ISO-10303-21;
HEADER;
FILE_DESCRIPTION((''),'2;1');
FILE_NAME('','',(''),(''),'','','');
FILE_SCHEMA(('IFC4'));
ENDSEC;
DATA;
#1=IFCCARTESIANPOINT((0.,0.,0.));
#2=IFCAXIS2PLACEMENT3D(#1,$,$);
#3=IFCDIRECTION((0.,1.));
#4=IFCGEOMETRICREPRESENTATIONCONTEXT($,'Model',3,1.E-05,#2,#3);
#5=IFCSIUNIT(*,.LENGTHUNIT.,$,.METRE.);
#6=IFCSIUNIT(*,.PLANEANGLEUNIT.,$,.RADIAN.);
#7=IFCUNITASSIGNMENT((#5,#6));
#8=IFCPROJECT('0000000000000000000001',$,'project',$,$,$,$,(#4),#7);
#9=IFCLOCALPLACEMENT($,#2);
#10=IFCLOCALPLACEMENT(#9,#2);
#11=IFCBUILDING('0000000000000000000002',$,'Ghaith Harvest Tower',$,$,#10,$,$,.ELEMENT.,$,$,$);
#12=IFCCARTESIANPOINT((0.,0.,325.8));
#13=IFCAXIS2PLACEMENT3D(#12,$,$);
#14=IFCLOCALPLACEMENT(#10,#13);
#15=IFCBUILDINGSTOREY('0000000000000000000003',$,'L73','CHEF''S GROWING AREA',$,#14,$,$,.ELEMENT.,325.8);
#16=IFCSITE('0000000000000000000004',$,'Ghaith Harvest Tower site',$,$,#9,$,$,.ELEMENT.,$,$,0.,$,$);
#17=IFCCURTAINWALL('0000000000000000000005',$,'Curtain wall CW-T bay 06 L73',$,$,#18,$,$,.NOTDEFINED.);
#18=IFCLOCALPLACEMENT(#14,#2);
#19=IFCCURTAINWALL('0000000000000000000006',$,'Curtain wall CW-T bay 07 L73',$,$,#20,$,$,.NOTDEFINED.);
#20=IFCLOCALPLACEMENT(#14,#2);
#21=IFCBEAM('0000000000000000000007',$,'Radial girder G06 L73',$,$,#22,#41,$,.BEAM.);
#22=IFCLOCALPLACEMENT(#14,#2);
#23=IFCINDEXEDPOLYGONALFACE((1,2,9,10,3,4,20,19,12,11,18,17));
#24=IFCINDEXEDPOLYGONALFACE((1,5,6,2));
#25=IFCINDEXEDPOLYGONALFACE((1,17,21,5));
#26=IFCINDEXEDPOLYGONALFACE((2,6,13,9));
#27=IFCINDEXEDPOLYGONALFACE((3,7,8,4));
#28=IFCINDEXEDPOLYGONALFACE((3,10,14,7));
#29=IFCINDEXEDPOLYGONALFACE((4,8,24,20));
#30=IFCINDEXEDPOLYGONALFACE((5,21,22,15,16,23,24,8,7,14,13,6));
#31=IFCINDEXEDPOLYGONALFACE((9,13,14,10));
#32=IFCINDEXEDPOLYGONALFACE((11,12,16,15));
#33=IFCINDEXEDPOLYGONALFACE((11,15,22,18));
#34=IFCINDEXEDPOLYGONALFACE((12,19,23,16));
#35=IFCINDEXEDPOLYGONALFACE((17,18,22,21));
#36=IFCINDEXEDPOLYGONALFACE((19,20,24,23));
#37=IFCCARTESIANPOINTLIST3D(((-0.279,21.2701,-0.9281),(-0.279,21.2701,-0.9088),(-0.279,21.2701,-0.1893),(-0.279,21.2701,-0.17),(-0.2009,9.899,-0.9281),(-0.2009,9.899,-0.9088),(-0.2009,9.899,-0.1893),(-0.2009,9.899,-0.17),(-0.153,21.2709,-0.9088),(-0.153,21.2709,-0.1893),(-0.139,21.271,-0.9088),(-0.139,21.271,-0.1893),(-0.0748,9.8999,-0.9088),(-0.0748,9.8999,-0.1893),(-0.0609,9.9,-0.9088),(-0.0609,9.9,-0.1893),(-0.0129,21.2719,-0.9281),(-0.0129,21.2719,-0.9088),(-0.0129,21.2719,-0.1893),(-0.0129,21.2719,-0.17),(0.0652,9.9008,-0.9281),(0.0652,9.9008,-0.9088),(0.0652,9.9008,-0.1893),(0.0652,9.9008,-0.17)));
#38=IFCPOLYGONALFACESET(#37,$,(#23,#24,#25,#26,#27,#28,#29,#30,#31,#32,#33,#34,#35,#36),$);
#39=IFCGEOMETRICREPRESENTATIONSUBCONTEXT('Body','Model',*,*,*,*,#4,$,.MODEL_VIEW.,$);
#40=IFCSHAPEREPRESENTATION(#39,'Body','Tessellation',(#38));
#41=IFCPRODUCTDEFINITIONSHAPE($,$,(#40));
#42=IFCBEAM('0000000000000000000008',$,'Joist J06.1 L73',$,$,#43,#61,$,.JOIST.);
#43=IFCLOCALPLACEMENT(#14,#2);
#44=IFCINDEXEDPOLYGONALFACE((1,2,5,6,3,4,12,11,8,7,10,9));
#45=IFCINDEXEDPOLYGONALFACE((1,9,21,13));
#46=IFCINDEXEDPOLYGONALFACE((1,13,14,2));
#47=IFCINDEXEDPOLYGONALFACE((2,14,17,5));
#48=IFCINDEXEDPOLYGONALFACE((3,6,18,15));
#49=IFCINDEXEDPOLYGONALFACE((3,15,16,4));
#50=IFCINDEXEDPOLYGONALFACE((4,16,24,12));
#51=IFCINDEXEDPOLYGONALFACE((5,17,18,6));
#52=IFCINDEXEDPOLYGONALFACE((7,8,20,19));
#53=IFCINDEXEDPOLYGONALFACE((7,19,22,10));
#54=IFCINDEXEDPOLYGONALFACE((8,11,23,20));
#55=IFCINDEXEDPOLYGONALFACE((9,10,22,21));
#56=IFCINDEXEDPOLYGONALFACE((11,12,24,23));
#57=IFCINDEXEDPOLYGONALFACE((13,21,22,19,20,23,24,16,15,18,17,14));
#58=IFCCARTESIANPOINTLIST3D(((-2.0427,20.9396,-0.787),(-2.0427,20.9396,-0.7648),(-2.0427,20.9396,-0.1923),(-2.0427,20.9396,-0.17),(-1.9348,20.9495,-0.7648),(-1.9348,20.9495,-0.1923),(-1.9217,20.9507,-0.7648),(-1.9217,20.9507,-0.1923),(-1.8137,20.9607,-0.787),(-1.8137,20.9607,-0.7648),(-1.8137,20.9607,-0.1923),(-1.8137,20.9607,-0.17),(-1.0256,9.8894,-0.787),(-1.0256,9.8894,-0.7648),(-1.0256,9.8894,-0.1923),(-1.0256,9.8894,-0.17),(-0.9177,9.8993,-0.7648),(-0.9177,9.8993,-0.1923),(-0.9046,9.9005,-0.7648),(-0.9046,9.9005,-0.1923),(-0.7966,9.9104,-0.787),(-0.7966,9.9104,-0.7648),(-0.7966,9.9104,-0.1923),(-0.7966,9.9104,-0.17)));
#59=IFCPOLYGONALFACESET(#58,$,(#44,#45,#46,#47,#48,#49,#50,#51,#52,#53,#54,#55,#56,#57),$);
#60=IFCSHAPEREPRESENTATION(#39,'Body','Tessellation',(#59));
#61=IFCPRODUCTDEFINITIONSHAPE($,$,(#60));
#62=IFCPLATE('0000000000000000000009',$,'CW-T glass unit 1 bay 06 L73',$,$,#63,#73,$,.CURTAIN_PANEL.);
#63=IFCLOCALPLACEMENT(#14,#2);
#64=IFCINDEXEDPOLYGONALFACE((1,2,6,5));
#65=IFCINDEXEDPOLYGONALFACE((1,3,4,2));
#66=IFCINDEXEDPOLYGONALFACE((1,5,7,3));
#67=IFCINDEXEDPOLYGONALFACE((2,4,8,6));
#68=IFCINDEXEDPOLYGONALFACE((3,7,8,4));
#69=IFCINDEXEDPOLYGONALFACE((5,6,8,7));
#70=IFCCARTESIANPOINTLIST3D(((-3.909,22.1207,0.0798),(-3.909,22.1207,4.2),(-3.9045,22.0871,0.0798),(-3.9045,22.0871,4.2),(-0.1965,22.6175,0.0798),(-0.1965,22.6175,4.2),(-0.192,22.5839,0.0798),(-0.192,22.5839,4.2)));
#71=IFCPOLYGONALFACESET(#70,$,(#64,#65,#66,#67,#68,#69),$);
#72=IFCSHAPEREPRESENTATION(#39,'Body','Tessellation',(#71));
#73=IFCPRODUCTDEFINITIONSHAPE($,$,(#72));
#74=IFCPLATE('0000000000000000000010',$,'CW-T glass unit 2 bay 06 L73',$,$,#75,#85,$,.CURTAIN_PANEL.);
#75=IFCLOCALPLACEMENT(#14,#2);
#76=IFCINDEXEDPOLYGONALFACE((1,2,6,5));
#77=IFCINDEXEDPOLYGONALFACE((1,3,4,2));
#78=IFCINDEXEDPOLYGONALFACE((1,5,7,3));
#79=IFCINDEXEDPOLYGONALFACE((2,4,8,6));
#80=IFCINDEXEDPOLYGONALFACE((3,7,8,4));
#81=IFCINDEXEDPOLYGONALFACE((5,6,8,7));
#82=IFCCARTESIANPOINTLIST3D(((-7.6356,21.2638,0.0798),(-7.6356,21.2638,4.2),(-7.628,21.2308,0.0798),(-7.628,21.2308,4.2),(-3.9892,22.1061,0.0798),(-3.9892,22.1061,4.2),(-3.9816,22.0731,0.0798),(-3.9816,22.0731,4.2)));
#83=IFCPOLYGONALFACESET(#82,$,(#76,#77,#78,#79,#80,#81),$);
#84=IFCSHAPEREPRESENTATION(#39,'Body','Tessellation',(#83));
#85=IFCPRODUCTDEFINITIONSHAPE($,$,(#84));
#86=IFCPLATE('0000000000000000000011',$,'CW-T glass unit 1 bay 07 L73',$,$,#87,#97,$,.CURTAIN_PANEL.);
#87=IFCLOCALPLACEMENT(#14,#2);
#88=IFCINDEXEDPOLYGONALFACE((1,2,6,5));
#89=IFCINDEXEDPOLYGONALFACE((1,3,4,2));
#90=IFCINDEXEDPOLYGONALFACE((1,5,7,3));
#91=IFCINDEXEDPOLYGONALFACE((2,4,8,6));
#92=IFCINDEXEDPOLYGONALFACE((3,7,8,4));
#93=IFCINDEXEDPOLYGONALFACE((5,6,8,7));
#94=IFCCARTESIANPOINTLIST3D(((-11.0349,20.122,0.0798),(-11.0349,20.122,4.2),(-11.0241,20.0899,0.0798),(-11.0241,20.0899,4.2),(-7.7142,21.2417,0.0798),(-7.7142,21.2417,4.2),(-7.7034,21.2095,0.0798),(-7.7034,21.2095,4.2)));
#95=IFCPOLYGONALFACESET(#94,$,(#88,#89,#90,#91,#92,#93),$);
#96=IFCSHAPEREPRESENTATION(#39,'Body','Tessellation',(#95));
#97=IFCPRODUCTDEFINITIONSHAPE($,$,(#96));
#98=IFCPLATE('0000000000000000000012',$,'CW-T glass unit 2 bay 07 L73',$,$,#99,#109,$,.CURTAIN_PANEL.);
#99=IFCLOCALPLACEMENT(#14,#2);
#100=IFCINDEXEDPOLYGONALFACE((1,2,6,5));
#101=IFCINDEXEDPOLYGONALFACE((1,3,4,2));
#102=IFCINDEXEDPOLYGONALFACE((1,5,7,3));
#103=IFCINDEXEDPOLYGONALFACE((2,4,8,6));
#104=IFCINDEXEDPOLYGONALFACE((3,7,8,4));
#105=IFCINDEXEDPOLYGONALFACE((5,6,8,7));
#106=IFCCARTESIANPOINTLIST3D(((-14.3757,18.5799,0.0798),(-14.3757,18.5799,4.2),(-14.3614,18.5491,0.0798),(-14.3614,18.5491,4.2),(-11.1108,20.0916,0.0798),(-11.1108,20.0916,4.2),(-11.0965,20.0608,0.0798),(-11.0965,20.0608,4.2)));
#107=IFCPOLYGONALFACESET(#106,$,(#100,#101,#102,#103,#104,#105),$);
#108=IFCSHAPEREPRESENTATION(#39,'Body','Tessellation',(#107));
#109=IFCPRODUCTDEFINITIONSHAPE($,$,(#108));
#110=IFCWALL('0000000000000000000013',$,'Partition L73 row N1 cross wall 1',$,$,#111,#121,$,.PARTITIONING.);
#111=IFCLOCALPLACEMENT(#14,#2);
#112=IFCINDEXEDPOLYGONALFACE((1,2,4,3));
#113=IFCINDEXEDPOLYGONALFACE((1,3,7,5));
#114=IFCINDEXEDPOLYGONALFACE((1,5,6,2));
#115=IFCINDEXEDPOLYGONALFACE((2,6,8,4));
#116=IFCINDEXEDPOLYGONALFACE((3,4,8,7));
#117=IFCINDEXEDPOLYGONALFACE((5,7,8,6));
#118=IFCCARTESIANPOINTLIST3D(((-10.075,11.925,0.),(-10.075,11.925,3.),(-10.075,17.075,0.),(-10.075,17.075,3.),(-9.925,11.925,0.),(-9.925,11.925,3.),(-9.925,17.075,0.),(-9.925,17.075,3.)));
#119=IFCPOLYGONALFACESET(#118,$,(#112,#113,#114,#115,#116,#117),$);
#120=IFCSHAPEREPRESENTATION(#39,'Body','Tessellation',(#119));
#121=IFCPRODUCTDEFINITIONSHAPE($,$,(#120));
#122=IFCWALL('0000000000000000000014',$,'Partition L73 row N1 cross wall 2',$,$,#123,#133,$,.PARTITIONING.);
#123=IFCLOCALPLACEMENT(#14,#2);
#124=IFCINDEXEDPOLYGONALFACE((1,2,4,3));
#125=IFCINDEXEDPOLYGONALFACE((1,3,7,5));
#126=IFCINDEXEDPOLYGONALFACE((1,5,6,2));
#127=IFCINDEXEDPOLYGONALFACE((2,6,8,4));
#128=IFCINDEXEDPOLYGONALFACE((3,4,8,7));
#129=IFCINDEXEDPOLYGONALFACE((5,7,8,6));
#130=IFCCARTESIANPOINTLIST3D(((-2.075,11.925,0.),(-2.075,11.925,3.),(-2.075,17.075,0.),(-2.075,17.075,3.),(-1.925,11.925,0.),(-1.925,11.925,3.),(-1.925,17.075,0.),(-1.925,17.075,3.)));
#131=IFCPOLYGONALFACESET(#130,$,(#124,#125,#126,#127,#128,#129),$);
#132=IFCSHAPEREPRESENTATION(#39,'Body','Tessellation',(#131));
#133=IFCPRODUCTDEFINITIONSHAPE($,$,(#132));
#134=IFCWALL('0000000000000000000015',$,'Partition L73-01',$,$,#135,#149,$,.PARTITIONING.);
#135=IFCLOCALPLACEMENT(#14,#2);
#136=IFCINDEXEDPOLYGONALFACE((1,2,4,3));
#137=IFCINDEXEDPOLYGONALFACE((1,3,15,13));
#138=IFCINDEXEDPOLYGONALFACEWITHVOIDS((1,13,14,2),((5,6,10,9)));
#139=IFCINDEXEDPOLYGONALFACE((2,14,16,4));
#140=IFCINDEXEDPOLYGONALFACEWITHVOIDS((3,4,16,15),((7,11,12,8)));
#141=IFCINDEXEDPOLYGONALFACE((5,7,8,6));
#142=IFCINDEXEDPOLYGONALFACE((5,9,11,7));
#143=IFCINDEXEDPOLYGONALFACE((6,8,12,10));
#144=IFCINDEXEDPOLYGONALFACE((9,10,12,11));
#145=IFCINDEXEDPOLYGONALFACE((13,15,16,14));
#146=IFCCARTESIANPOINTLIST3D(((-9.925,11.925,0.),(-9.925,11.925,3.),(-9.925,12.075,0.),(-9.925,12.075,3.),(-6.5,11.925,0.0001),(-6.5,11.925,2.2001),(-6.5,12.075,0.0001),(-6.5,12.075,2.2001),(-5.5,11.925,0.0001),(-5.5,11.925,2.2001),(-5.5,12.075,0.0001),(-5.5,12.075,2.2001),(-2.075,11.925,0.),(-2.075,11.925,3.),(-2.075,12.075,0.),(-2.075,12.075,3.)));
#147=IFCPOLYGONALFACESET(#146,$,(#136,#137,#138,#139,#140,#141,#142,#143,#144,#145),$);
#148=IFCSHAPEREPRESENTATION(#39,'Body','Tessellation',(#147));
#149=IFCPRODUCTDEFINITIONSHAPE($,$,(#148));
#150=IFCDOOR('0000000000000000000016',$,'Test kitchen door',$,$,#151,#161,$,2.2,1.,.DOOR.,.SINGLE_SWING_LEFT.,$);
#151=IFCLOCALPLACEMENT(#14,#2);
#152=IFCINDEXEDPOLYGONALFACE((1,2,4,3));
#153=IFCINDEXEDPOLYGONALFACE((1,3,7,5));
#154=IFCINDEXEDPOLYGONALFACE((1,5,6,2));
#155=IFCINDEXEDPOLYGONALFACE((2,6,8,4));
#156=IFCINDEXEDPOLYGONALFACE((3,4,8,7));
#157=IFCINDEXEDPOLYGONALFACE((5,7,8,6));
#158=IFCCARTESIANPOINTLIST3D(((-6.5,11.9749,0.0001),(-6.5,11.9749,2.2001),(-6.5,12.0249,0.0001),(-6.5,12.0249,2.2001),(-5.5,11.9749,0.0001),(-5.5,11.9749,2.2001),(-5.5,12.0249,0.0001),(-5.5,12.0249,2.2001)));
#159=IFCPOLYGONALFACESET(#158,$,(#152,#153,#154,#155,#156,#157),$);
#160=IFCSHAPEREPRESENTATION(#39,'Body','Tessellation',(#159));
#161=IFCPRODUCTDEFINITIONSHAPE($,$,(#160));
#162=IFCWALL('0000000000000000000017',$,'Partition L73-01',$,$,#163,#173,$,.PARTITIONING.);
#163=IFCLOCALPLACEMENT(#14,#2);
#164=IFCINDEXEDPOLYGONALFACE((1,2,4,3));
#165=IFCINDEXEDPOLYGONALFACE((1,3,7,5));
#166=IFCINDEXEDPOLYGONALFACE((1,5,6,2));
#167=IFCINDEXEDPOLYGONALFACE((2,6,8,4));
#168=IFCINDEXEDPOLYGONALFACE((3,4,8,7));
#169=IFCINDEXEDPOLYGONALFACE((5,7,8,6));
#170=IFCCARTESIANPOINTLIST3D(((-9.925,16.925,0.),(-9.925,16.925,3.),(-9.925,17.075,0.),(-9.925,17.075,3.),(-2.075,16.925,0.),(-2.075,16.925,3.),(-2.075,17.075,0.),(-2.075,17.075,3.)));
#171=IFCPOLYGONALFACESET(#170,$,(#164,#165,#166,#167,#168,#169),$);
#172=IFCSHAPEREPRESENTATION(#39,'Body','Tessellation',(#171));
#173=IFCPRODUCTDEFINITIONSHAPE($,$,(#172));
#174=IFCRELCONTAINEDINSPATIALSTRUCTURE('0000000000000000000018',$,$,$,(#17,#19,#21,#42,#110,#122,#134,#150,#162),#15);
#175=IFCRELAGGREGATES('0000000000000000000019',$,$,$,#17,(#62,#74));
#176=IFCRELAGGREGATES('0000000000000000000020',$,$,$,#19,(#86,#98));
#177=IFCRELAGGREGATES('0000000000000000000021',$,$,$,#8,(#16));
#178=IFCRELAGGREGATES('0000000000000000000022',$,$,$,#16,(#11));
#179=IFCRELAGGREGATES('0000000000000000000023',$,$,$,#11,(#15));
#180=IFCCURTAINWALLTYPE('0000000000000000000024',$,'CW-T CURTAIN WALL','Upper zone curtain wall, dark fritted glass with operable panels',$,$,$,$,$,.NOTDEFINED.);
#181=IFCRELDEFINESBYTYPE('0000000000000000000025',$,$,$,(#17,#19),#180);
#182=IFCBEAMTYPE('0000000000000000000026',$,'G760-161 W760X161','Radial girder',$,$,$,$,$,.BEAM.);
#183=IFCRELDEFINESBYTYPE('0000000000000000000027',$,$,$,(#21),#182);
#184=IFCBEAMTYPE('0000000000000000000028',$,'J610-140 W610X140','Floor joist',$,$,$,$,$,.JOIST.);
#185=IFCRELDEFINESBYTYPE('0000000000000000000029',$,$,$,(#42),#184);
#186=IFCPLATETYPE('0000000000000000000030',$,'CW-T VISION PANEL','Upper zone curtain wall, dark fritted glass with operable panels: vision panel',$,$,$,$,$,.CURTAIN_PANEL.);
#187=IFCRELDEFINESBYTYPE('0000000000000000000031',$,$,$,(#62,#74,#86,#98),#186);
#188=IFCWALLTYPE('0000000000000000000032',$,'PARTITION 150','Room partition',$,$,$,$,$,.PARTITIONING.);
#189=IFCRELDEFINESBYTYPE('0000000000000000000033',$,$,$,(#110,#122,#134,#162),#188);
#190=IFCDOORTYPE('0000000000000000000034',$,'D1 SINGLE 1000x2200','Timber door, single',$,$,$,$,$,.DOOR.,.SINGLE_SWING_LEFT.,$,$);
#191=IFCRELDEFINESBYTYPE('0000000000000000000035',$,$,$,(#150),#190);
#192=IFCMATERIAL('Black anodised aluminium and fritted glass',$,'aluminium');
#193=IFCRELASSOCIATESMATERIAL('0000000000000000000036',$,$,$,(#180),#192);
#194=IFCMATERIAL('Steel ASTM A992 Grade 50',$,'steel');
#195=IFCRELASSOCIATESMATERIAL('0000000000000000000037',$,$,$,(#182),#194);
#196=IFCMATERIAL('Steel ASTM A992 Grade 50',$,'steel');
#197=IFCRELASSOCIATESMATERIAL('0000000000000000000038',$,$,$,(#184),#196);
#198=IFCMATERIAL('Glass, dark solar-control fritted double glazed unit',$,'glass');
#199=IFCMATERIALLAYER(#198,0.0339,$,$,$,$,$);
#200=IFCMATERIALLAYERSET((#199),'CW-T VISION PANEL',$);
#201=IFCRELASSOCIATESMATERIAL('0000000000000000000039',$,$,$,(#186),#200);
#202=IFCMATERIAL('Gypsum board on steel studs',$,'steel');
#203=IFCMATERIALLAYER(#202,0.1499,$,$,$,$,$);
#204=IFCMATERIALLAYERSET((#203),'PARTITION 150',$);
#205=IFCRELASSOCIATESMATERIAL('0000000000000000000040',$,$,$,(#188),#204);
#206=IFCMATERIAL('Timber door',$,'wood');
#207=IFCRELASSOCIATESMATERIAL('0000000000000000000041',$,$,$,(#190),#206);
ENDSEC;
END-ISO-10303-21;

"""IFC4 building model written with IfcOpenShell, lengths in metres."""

from ifc_helpers import new_model, si_unit, direction, frame, frame_2d, origin, origin_2d, place, context, subcontext, project, spatial, rectangle, i_section, extrude, material, layer, layer_set, material_profile, profile_set, type_object, element, fill, aggregate, save


model = new_model("IFC4")

# Units and contexts
model_context = context("Model", 3, precision=1e-05, world=origin(), true_north=direction((0.0, 1.0)))
body_context = subcontext(model_context, "Body", "Model", "MODEL_VIEW")
ifc_project = project(units=[si_unit("LENGTHUNIT", "METRE"), si_unit("PLANEANGLEUNIT", "RADIAN")], contexts=[model_context])

# Site, building, storey
site_placement = place(None, origin())
site = spatial("IfcSite", under=ifc_project, at=site_placement, Name="Ghaith Harvest Tower site", CompositionType="ELEMENT", RefElevation=0.0)
building_placement = place(site_placement, origin())
building = spatial("IfcBuilding", under=site, at=building_placement, Name="Ghaith Harvest Tower", CompositionType="ELEMENT")
storey_placement = place(building_placement, frame((0.0, 0.0, 325.8)))
storey = spatial("IfcBuildingStorey", under=building, at=storey_placement, Name="L73", Description="CHEF'S GROWING AREA", CompositionType="ELEMENT", Elevation=325.8)

# Curtain walls
ifc_material_1 = material(Name="Black anodised aluminium and fritted glass", Category="aluminium")
curtain_wall_type = type_object("IfcCurtainWallType", Name="CW-T CURTAIN WALL", Description="Upper zone curtain wall, dark fritted glass with operable panels", PredefinedType="NOTDEFINED", material=ifc_material_1)
curtain_wall_1_placement = place(storey_placement, origin())
curtain_wall_1 = element("IfcCurtainWall", 1, at=curtain_wall_1_placement, inside=storey, type_object=curtain_wall_type, Name="Curtain wall CW-T bay 06 L73", PredefinedType="NOTDEFINED")
curtain_wall_2_placement = place(storey_placement, origin())
curtain_wall_2 = element("IfcCurtainWall", 2, at=curtain_wall_2_placement, inside=storey, type_object=curtain_wall_type, Name="Curtain wall CW-T bay 07 L73", PredefinedType="NOTDEFINED")

# Beams
ifc_material_2 = material(Name="Steel ASTM A992 Grade 50", Category="steel")
ifc_material_profile_1 = material_profile(ifc_material_2, i_section(OverallWidth=0.2661, OverallDepth=0.7581, WebThickness=0.0139, FlangeThickness=0.0193, at=origin_2d()), Name="W760X161")
ifc_profile_set_1 = profile_set([ifc_material_profile_1], Name="Steel ASTM A992 Grade 50")
beam_type_1 = type_object("IfcBeamType", Name="G760-161 W760X161", Description="Radial girder", PredefinedType="BEAM", material=ifc_profile_set_1)
beam_1_placement = place(storey_placement, frame((-0.0679, 9.8999, -0.5491), z_axis=(-0.00687, 0.999976, 0.0), x_axis=(-0.999976, -0.00687, 0.0)))
element("IfcBeam", 3, at=beam_1_placement, inside=storey, type_object=beam_type_1, Name="Radial girder G06 L73", PredefinedType="BEAM", context=body_context, shape_type="SweptSolid", body=[
    extrude(i_section(OverallWidth=0.2661, OverallDepth=0.7581, WebThickness=0.0139, FlangeThickness=0.0193, at=origin_2d()), origin(), (0.0, 0.0, 1.0), 11.3713),
])
ifc_material_3 = material(Name="Steel ASTM A992 Grade 50", Category="steel")
ifc_material_profile_2 = material_profile(ifc_material_3, i_section(OverallWidth=0.23, OverallDepth=0.6169, WebThickness=0.0132, FlangeThickness=0.0222, at=origin_2d()), Name="W610X140")
ifc_profile_set_2 = profile_set([ifc_material_profile_2], Name="Steel ASTM A992 Grade 50")
beam_type_2 = type_object("IfcBeamType", Name="J610-140 W610X140", Description="Floor joist", PredefinedType="JOIST", material=ifc_profile_set_2)
beam_2_placement = place(storey_placement, frame((-0.9111, 9.8999, -0.4785), z_axis=(-0.091654, 0.995791, 0.0), x_axis=(-0.995791, -0.091654, 0.0)))
element("IfcBeam", 4, at=beam_2_placement, inside=storey, type_object=beam_type_2, Name="Joist J06.1 L73", PredefinedType="JOIST", context=body_context, shape_type="SweptSolid", body=[
    extrude(i_section(OverallWidth=0.23, OverallDepth=0.6169, WebThickness=0.0132, FlangeThickness=0.0222, at=origin_2d()), origin(), (0.0, 0.0, 1.0), 11.0969),
])

# Plates
ifc_material_4 = material(Name="Glass, dark solar-control fritted double glazed unit", Category="glass")
ifc_layer_1 = layer(ifc_material_4, 0.0339)
ifc_layer_set_1 = layer_set([ifc_layer_1], Name="CW-T VISION PANEL")
plate_type = type_object("IfcPlateType", Name="CW-T VISION PANEL", Description="Upper zone curtain wall, dark fritted glass with operable panels: vision panel", PredefinedType="CURTAIN_PANEL", material=ifc_layer_set_1)
plate_1_placement = place(storey_placement, frame((-2.0505, 22.3523, 0.0798), z_axis=(0.0, 0.0, 1.0), x_axis=(-0.991165, -0.132633, 0.0)))
plate_1 = element("IfcPlate", 5, at=plate_1_placement, type_object=plate_type, Name="CW-T glass unit 1 bay 06 L73", PredefinedType="CURTAIN_PANEL", context=body_context, shape_type="SweptSolid", body=[
    extrude(rectangle(XDim=3.7456, YDim=0.0339, at=origin_2d()), origin(), (0.0, 0.0, 1.0), 4.1201),
])
plate_2_placement = place(storey_placement, frame((-5.8086, 21.6685, 0.0798), z_axis=(0.0, 0.0, 1.0), x_axis=(-0.974342, -0.225072, 0.0)))
plate_2 = element("IfcPlate", 6, at=plate_2_placement, type_object=plate_type, Name="CW-T glass unit 2 bay 06 L73", PredefinedType="CURTAIN_PANEL", context=body_context, shape_type="SweptSolid", body=[
    extrude(rectangle(XDim=3.7424, YDim=0.0339, at=origin_2d()), origin(), (0.0, 0.0, 1.0), 4.1201),
])
aggregate(curtain_wall_1, [plate_1, plate_2])
plate_3_placement = place(storey_placement, frame((-9.3691, 20.6658, 0.0798), z_axis=(0.0, 0.0, 1.0), x_axis=(-0.947586, -0.3195, 0.0)))
plate_3 = element("IfcPlate", 7, at=plate_3_placement, type_object=plate_type, Name="CW-T glass unit 1 bay 07 L73", PredefinedType="CURTAIN_PANEL", context=body_context, shape_type="SweptSolid", body=[
    extrude(rectangle(XDim=3.5044, YDim=0.0339, at=origin_2d()), origin(), (0.0, 0.0, 1.0), 4.1201),
])
plate_4_placement = place(storey_placement, frame((-12.7361, 19.3203, 0.0798), z_axis=(0.0, 0.0, 1.0), x_axis=(-0.90745, -0.42016, 0.0)))
plate_4 = element("IfcPlate", 8, at=plate_4_placement, type_object=plate_type, Name="CW-T glass unit 2 bay 07 L73", PredefinedType="CURTAIN_PANEL", context=body_context, shape_type="SweptSolid", body=[
    extrude(rectangle(XDim=3.5979, YDim=0.0339, at=origin_2d()), origin(), (0.0, 0.0, 1.0), 4.1201),
])
aggregate(curtain_wall_2, [plate_3, plate_4])

# Walls
ifc_material_5 = material(Name="Gypsum board on steel studs", Category="steel")
ifc_layer_2 = layer(ifc_material_5, 0.1499)
ifc_layer_set_2 = layer_set([ifc_layer_2], Name="PARTITION 150")
wall_type = type_object("IfcWallType", Name="PARTITION 150", Description="Room partition", PredefinedType="PARTITIONING", material=ifc_layer_set_2)
for number, where, z_axis, x_axis, name in (
    (9, (-10.0, 11.925, 0.0), (0.0, 0.0, 1.0), (0.0, 1.0, 0.0), "Partition L73 row N1 cross wall 1"),
    (10, (-2.0, 11.925, 0.0), (0.0, 0.0, 1.0), (0.0, 1.0, 0.0), "Partition L73 row N1 cross wall 2"),
):
    element("IfcWall", number, at=place(storey_placement, frame(where, z_axis=z_axis, x_axis=x_axis)), inside=storey, type_object=wall_type, Name=name, PredefinedType="PARTITIONING", context=body_context, shape_type="SweptSolid", body=[
        extrude(rectangle(XDim=5.1499, YDim=0.1499, at=frame_2d((2.575, 0.0))), origin(), (0.0, 0.0, 1.0), 3.0),
    ])

# Wall, opening, door
wall_1_placement = place(storey_placement, frame((-9.925, 12.0, 0.0), z_axis=(0.0, 0.0, 1.0), x_axis=(1.0, 0.0, 0.0)))
wall_1 = element("IfcWall", 11, at=wall_1_placement, inside=storey, type_object=wall_type, Name="Partition L73-01", PredefinedType="PARTITIONING", context=body_context, shape_type="SweptSolid", body=[
    extrude(rectangle(XDim=7.8501, YDim=0.1499, at=frame_2d((3.925, 0.0))), origin(), (0.0, 0.0, 1.0), 3.0),
])
opening_1_placement = place(wall_1_placement, frame((3.425, 0.0, 0.0)))
opening_1 = element("IfcOpeningElement", 12, at=opening_1_placement, cuts=wall_1, PredefinedType="OPENING", context=body_context, shape_type="SweptSolid", body=[
    extrude(rectangle(XDim=1.0, YDim=2.2, at=frame_2d((0.5, 1.1001))), frame((0.0, 0.085, 0.0), z_axis=(0.0, -1.0, 0.0), x_axis=(1.0, 0.0, 0.0)), (0.0, 0.0, 1.0), 0.1699),
])
ifc_material_6 = material(Name="Timber door", Category="wood")
door_type_1 = type_object("IfcDoorType", Name="D1 SINGLE 1000x2200", Description="Timber door, single", OperationType="SINGLE_SWING_LEFT", PredefinedType="DOOR", material=ifc_material_6)
door_1_placement = place(opening_1_placement, origin())
door_1 = element("IfcDoor", 13, at=door_1_placement, inside=storey, type_object=door_type_1, Name="Test kitchen door", OperationType="SINGLE_SWING_LEFT", OverallHeight=2.2, OverallWidth=1.0, PredefinedType="DOOR", context=body_context, shape_type="SweptSolid", body=[
    extrude(rectangle(XDim=1.0, YDim=2.2, at=frame_2d((0.5, 1.1001))), frame((0.0, 0.0249, 0.0), z_axis=(0.0, -1.0, 0.0), x_axis=(1.0, 0.0, 0.0)), (0.0, 0.0, 1.0), 0.05),
])
fill(opening_1, door_1)

# Wall
wall_2_placement = place(storey_placement, frame((-9.925, 17.0, 0.0), z_axis=(0.0, 0.0, 1.0), x_axis=(1.0, 0.0, 0.0)))
element("IfcWall", 14, at=wall_2_placement, inside=storey, type_object=wall_type, Name="Partition L73-01", PredefinedType="PARTITIONING", context=body_context, shape_type="SweptSolid", body=[
    extrude(rectangle(XDim=7.8501, YDim=0.1499, at=frame_2d((3.925, 0.0))), origin(), (0.0, 0.0, 1.0), 3.0),
])

save(model, "model.ifc")
